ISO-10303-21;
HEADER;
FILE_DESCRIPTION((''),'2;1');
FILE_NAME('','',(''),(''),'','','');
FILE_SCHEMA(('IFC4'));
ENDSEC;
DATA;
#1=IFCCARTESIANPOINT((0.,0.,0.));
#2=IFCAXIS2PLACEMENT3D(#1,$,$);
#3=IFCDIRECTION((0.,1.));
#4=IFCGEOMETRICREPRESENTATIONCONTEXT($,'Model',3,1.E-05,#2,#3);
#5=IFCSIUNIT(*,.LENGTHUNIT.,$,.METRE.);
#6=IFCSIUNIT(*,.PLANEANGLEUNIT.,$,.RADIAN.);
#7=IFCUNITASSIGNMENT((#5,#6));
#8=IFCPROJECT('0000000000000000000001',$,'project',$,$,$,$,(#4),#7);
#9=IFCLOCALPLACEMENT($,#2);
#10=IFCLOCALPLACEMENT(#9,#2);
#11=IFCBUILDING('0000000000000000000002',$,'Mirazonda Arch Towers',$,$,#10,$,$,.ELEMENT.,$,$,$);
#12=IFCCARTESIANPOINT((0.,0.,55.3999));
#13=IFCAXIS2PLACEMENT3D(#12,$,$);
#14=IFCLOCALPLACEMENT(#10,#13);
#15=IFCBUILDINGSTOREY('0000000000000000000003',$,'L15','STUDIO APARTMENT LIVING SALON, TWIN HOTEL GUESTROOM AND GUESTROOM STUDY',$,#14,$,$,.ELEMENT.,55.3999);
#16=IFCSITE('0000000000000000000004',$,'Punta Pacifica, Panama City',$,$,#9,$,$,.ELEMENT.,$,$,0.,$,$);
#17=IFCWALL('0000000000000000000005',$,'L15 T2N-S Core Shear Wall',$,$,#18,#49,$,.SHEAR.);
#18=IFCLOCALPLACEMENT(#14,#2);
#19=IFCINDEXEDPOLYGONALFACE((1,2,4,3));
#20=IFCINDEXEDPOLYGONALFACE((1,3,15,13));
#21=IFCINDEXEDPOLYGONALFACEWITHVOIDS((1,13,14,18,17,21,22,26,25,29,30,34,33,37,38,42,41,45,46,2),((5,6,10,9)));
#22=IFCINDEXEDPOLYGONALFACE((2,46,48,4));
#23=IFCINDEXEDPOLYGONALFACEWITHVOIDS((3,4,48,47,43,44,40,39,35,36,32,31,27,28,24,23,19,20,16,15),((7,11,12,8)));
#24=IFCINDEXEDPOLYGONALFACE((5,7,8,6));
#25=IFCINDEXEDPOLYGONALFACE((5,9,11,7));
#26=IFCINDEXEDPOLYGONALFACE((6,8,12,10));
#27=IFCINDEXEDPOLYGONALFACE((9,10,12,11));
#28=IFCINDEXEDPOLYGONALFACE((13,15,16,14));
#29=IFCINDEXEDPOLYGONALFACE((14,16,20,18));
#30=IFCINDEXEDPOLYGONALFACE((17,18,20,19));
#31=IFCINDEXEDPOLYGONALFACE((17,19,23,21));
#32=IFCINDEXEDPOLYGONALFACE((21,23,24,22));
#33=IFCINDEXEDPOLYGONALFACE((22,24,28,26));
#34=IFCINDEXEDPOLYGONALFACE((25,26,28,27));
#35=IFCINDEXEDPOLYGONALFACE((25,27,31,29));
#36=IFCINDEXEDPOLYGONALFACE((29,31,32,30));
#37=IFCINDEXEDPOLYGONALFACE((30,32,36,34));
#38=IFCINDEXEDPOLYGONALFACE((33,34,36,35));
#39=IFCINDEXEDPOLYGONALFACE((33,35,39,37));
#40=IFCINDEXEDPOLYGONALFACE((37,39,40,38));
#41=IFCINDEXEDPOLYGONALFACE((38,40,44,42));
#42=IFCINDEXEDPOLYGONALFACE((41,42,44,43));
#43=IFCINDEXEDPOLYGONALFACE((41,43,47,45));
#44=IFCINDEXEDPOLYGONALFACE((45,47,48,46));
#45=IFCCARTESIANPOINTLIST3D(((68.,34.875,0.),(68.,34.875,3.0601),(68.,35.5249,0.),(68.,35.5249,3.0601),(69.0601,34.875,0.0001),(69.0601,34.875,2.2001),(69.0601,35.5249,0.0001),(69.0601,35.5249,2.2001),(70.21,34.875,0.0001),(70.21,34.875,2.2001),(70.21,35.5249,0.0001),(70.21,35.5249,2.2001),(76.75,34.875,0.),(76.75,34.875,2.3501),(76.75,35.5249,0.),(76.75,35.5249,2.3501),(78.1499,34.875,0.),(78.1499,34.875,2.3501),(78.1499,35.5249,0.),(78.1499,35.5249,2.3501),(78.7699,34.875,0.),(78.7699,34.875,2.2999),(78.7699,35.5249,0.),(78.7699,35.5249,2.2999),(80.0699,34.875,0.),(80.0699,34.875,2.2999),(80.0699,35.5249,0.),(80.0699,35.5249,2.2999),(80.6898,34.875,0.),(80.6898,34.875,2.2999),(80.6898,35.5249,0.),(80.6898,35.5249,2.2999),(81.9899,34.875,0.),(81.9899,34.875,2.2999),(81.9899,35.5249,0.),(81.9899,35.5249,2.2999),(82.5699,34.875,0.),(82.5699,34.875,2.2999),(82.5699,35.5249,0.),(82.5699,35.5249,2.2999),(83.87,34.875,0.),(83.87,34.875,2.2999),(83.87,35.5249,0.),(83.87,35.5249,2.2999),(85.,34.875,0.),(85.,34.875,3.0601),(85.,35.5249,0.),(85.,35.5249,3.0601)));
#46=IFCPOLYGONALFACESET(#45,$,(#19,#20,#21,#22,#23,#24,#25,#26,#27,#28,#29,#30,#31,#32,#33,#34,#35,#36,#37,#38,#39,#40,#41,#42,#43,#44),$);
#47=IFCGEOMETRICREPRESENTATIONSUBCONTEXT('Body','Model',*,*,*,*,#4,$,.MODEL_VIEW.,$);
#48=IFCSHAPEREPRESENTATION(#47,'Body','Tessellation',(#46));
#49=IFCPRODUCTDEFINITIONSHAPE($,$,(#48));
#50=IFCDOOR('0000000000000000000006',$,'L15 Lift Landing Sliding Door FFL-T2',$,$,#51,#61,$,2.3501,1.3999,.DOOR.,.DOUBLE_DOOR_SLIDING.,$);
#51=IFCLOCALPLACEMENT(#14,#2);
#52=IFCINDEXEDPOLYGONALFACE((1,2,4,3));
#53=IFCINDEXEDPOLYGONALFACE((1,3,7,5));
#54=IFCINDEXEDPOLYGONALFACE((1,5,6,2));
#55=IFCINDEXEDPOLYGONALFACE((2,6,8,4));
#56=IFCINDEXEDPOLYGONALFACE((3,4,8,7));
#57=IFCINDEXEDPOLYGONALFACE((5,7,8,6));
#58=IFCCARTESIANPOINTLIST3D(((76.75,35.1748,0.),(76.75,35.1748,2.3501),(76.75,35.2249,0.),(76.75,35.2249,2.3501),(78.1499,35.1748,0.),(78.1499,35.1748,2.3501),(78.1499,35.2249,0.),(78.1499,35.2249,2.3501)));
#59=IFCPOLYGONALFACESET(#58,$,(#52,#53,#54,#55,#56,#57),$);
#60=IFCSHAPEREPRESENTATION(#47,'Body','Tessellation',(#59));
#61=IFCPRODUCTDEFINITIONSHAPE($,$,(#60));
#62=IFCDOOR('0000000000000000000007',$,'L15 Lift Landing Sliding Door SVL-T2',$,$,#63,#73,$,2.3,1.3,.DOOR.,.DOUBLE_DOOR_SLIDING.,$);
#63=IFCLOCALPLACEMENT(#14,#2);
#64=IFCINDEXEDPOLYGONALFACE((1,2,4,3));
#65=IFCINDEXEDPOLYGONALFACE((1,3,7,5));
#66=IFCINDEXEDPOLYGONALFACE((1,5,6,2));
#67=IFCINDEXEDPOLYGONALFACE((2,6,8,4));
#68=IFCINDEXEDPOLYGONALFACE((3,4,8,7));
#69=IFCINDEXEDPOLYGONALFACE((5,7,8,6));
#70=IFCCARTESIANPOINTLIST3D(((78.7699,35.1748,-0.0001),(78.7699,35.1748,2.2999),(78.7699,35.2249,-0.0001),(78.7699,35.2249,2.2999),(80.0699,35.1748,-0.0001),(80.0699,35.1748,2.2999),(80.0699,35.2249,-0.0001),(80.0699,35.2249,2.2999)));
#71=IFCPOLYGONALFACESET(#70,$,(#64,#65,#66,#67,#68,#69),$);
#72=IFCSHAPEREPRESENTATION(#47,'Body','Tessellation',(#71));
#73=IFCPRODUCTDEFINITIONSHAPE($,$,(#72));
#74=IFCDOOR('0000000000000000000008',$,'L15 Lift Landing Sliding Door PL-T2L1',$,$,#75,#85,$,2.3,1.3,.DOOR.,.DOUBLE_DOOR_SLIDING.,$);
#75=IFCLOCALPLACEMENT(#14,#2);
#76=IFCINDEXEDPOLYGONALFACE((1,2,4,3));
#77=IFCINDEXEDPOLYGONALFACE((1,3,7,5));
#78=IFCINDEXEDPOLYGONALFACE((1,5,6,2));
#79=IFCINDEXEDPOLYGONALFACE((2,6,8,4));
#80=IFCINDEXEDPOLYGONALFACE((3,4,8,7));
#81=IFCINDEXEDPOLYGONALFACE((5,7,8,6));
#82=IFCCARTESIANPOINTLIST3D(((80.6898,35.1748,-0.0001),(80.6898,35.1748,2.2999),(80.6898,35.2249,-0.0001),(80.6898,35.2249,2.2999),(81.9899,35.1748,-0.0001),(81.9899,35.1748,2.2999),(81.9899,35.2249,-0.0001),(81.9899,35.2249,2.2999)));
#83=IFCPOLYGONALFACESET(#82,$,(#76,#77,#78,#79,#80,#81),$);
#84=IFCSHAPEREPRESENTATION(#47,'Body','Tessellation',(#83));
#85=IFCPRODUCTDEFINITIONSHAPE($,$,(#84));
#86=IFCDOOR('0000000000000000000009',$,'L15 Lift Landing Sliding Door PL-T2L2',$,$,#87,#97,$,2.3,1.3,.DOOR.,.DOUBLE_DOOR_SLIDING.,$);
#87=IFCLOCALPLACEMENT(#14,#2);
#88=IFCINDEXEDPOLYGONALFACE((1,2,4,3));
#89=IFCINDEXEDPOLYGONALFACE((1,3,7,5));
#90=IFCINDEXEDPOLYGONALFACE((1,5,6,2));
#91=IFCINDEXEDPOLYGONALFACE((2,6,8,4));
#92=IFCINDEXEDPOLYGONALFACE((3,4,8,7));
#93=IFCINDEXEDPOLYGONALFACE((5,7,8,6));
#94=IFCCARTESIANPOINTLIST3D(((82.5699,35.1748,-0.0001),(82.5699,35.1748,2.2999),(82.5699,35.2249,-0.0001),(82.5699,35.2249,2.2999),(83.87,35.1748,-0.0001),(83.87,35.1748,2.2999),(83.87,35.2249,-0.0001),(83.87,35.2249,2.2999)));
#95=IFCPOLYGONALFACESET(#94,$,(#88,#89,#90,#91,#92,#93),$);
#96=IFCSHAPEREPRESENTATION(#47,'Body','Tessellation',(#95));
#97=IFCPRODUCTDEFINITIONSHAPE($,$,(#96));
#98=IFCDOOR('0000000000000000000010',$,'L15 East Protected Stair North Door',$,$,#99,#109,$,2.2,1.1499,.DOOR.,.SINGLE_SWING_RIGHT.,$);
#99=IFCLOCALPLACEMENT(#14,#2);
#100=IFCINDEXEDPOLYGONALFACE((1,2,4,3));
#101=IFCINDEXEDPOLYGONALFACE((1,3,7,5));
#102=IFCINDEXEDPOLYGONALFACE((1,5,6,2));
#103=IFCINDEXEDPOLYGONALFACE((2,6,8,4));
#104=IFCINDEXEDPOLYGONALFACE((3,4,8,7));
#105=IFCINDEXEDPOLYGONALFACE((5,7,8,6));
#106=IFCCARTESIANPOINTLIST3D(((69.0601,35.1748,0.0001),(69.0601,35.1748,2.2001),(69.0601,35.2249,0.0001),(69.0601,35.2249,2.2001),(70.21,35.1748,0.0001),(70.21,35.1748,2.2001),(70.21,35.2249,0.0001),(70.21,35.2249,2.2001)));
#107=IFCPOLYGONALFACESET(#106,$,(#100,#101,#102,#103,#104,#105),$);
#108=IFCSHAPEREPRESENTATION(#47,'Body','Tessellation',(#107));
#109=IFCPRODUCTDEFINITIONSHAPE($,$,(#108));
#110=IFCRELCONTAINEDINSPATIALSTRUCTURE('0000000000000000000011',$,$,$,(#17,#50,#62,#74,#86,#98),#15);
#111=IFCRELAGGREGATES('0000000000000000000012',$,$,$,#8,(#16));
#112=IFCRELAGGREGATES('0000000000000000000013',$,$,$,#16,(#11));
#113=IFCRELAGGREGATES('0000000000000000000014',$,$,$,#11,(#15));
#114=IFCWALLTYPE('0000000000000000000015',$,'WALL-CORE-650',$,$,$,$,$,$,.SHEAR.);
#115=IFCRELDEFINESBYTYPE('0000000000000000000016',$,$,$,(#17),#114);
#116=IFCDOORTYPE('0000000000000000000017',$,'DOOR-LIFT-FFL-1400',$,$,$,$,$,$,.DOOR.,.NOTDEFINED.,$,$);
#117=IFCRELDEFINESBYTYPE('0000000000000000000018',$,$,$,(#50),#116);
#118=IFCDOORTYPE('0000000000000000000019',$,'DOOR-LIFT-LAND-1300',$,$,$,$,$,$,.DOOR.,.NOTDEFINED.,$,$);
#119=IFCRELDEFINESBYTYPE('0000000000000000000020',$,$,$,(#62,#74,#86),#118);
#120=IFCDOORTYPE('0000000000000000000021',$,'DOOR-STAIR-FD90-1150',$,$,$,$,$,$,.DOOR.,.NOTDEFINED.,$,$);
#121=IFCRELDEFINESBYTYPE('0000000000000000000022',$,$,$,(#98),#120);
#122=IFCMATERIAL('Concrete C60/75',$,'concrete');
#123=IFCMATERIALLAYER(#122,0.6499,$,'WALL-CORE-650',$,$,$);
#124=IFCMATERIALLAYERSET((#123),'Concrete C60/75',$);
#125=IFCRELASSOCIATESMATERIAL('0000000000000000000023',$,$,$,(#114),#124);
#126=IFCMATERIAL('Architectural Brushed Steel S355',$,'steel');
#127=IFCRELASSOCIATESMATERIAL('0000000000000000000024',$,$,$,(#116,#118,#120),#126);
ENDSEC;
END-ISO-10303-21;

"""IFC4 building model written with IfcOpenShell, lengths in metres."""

from ifc_helpers import new_model, si_unit, direction, frame, frame_2d, origin, place, context, subcontext, project, spatial, rectangle, extrude, material, layer, layer_set, type_object, element, fill, save


model = new_model("IFC4")

# Units and contexts
model_context = context("Model", 3, precision=1e-05, world=origin(), true_north=direction((0.0, 1.0)))
body_context = subcontext(model_context, "Body", "Model", "MODEL_VIEW")
ifc_project = project(units=[si_unit("LENGTHUNIT", "METRE"), si_unit("PLANEANGLEUNIT", "RADIAN")], contexts=[model_context])

# Site, building, storey
site_placement = place(None, origin())
site = spatial("IfcSite", under=ifc_project, at=site_placement, Name="Punta Pacifica, Panama City", CompositionType="ELEMENT", RefElevation=0.0)
building_placement = place(site_placement, origin())
building = spatial("IfcBuilding", under=site, at=building_placement, Name="Mirazonda Arch Towers", CompositionType="ELEMENT")
storey_placement = place(building_placement, frame((0.0, 0.0, 55.3999)))
storey = spatial("IfcBuildingStorey", under=building, at=storey_placement, Name="L15", Description="STUDIO APARTMENT LIVING SALON, TWIN HOTEL GUESTROOM AND GUESTROOM STUDY", CompositionType="ELEMENT", Elevation=55.3999)

# Shared definitions
ifc_material_1 = material(Name="Concrete C60/75", Category="concrete")

# Shared definitions
ifc_layer_1 = layer(ifc_material_1, 0.6499, Name="WALL-CORE-650")
ifc_layer_set_1 = layer_set([ifc_layer_1], Name="Concrete C60/75")
wall_type_1 = type_object("IfcWallType", Name="WALL-CORE-650", PredefinedType="SHEAR", material=ifc_layer_set_1)

# Wall, openings, doors
wall_1_placement = place(storey_placement, frame((68.0, 35.2, 0.0), z_axis=(0.0, 0.0, 1.0), x_axis=(1.0, 0.0, 0.0)))
wall_1 = element("IfcWall", 1, at=wall_1_placement, inside=storey, type_object=wall_type_1, Name="L15 T2N-S Core Shear Wall", PredefinedType="SHEAR", context=body_context, shape_type="SweptSolid", body=[
    extrude(rectangle(XDim=17.0, YDim=0.6499, at=frame_2d((8.5, 0.0))), origin(), (0.0, 0.0, 1.0), 3.0601),
])
opening_1_placement = place(wall_1_placement, frame((1.0601, 0.0, 0.0)))
opening_1 = element("IfcOpeningElement", 2, at=opening_1_placement, cuts=wall_1, PredefinedType="OPENING", context=body_context, shape_type="SweptSolid", body=[
    extrude(rectangle(XDim=1.1499, YDim=2.2, at=frame_2d((0.575, 1.1001))), frame((0.0, 0.335, 0.0), z_axis=(0.0, -1.0, 0.0), x_axis=(1.0, 0.0, 0.0)), (0.0, 0.0, 1.0), 0.6699),
])
opening_2_placement = place(wall_1_placement, frame((8.75, 0.0, 0.0)))
opening_2 = element("IfcOpeningElement", 3, at=opening_2_placement, cuts=wall_1, PredefinedType="OPENING", context=body_context, shape_type="SweptSolid", body=[
    extrude(rectangle(XDim=1.3999, YDim=2.3501, at=frame_2d((0.7, 1.175))), frame((0.0, 0.335, 0.0), z_axis=(0.0, -1.0, 0.0), x_axis=(1.0, 0.0, 0.0)), (0.0, 0.0, 1.0), 0.6699),
])
opening_3_placement = place(wall_1_placement, frame((10.77, 0.0, 0.0)))
opening_3 = element("IfcOpeningElement", 4, at=opening_3_placement, cuts=wall_1, PredefinedType="OPENING", context=body_context, shape_type="SweptSolid", body=[
    extrude(rectangle(XDim=1.3, YDim=2.3, at=frame_2d((0.6499, 1.1499))), frame((0.0, 0.335, 0.0), z_axis=(0.0, -1.0, 0.0), x_axis=(1.0, 0.0, 0.0)), (0.0, 0.0, 1.0), 0.6699),
])
opening_4_placement = place(wall_1_placement, frame((12.6899, 0.0, 0.0)))
opening_4 = element("IfcOpeningElement", 5, at=opening_4_placement, cuts=wall_1, PredefinedType="OPENING", context=body_context, shape_type="SweptSolid", body=[
    extrude(rectangle(XDim=1.3, YDim=2.3, at=frame_2d((0.6499, 1.1499))), frame((0.0, 0.335, 0.0), z_axis=(0.0, -1.0, 0.0), x_axis=(1.0, 0.0, 0.0)), (0.0, 0.0, 1.0), 0.6699),
])
opening_5_placement = place(wall_1_placement, frame((14.5701, 0.0, 0.0)))
opening_5 = element("IfcOpeningElement", 6, at=opening_5_placement, cuts=wall_1, PredefinedType="OPENING", context=body_context, shape_type="SweptSolid", body=[
    extrude(rectangle(XDim=1.3, YDim=2.3, at=frame_2d((0.6499, 1.1499))), frame((0.0, 0.335, 0.0), z_axis=(0.0, -1.0, 0.0), x_axis=(1.0, 0.0, 0.0)), (0.0, 0.0, 1.0), 0.6699),
])
ifc_material_2 = material(Name="Architectural Brushed Steel S355", Category="steel")
door_type_1 = type_object("IfcDoorType", Name="DOOR-LIFT-FFL-1400", OperationType="NOTDEFINED", PredefinedType="DOOR", material=ifc_material_2)
door_1_placement = place(opening_2_placement, origin())
door_1 = element("IfcDoor", 7, at=door_1_placement, inside=storey, type_object=door_type_1, Name="L15 Lift Landing Sliding Door FFL-T2", OperationType="DOUBLE_DOOR_SLIDING", OverallHeight=2.3501, OverallWidth=1.3999, PredefinedType="DOOR", context=body_context, shape_type="SweptSolid", body=[
    extrude(rectangle(XDim=1.3999, YDim=2.3501, at=frame_2d((0.7, 1.175))), frame((0.0, 0.0249, 0.0), z_axis=(0.0, -1.0, 0.0), x_axis=(1.0, 0.0, 0.0)), (0.0, 0.0, 1.0), 0.05),
])
fill(opening_2, door_1)
door_type_2 = type_object("IfcDoorType", Name="DOOR-LIFT-LAND-1300", OperationType="NOTDEFINED", PredefinedType="DOOR", material=ifc_material_2)
door_2_placement = place(opening_3_placement, origin())
door_2 = element("IfcDoor", 8, at=door_2_placement, inside=storey, type_object=door_type_2, Name="L15 Lift Landing Sliding Door SVL-T2", OperationType="DOUBLE_DOOR_SLIDING", OverallHeight=2.3, OverallWidth=1.3, PredefinedType="DOOR", context=body_context, shape_type="SweptSolid", body=[
    extrude(rectangle(XDim=1.3, YDim=2.3, at=frame_2d((0.6499, 1.1499))), frame((0.0, 0.0249, 0.0), z_axis=(0.0, -1.0, 0.0), x_axis=(1.0, 0.0, 0.0)), (0.0, 0.0, 1.0), 0.05),
])
fill(opening_3, door_2)
door_3_placement = place(opening_4_placement, origin())
door_3 = element("IfcDoor", 9, at=door_3_placement, inside=storey, type_object=door_type_2, Name="L15 Lift Landing Sliding Door PL-T2L1", OperationType="DOUBLE_DOOR_SLIDING", OverallHeight=2.3, OverallWidth=1.3, PredefinedType="DOOR", context=body_context, shape_type="SweptSolid", body=[
    extrude(rectangle(XDim=1.3, YDim=2.3, at=frame_2d((0.6499, 1.1499))), frame((0.0, 0.0249, 0.0), z_axis=(0.0, -1.0, 0.0), x_axis=(1.0, 0.0, 0.0)), (0.0, 0.0, 1.0), 0.05),
])
fill(opening_4, door_3)
door_4_placement = place(opening_5_placement, origin())
door_4 = element("IfcDoor", 10, at=door_4_placement, inside=storey, type_object=door_type_2, Name="L15 Lift Landing Sliding Door PL-T2L2", OperationType="DOUBLE_DOOR_SLIDING", OverallHeight=2.3, OverallWidth=1.3, PredefinedType="DOOR", context=body_context, shape_type="SweptSolid", body=[
    extrude(rectangle(XDim=1.3, YDim=2.3, at=frame_2d((0.6499, 1.1499))), frame((0.0, 0.0249, 0.0), z_axis=(0.0, -1.0, 0.0), x_axis=(1.0, 0.0, 0.0)), (0.0, 0.0, 1.0), 0.05),
])
fill(opening_5, door_4)
door_type_3 = type_object("IfcDoorType", Name="DOOR-STAIR-FD90-1150", OperationType="NOTDEFINED", PredefinedType="DOOR", material=ifc_material_2)
door_5_placement = place(opening_1_placement, origin())
door_5 = element("IfcDoor", 11, at=door_5_placement, inside=storey, type_object=door_type_3, Name="L15 East Protected Stair North Door", OperationType="SINGLE_SWING_RIGHT", OverallHeight=2.2, OverallWidth=1.1499, PredefinedType="DOOR", context=body_context, shape_type="SweptSolid", body=[
    extrude(rectangle(XDim=1.1499, YDim=2.2, at=frame_2d((0.575, 1.1001))), frame((0.0, 0.0249, 0.0), z_axis=(0.0, -1.0, 0.0), x_axis=(1.0, 0.0, 0.0)), (0.0, 0.0, 1.0), 0.05),
])
fill(opening_1, door_5)

save(model, "model.ifc")
